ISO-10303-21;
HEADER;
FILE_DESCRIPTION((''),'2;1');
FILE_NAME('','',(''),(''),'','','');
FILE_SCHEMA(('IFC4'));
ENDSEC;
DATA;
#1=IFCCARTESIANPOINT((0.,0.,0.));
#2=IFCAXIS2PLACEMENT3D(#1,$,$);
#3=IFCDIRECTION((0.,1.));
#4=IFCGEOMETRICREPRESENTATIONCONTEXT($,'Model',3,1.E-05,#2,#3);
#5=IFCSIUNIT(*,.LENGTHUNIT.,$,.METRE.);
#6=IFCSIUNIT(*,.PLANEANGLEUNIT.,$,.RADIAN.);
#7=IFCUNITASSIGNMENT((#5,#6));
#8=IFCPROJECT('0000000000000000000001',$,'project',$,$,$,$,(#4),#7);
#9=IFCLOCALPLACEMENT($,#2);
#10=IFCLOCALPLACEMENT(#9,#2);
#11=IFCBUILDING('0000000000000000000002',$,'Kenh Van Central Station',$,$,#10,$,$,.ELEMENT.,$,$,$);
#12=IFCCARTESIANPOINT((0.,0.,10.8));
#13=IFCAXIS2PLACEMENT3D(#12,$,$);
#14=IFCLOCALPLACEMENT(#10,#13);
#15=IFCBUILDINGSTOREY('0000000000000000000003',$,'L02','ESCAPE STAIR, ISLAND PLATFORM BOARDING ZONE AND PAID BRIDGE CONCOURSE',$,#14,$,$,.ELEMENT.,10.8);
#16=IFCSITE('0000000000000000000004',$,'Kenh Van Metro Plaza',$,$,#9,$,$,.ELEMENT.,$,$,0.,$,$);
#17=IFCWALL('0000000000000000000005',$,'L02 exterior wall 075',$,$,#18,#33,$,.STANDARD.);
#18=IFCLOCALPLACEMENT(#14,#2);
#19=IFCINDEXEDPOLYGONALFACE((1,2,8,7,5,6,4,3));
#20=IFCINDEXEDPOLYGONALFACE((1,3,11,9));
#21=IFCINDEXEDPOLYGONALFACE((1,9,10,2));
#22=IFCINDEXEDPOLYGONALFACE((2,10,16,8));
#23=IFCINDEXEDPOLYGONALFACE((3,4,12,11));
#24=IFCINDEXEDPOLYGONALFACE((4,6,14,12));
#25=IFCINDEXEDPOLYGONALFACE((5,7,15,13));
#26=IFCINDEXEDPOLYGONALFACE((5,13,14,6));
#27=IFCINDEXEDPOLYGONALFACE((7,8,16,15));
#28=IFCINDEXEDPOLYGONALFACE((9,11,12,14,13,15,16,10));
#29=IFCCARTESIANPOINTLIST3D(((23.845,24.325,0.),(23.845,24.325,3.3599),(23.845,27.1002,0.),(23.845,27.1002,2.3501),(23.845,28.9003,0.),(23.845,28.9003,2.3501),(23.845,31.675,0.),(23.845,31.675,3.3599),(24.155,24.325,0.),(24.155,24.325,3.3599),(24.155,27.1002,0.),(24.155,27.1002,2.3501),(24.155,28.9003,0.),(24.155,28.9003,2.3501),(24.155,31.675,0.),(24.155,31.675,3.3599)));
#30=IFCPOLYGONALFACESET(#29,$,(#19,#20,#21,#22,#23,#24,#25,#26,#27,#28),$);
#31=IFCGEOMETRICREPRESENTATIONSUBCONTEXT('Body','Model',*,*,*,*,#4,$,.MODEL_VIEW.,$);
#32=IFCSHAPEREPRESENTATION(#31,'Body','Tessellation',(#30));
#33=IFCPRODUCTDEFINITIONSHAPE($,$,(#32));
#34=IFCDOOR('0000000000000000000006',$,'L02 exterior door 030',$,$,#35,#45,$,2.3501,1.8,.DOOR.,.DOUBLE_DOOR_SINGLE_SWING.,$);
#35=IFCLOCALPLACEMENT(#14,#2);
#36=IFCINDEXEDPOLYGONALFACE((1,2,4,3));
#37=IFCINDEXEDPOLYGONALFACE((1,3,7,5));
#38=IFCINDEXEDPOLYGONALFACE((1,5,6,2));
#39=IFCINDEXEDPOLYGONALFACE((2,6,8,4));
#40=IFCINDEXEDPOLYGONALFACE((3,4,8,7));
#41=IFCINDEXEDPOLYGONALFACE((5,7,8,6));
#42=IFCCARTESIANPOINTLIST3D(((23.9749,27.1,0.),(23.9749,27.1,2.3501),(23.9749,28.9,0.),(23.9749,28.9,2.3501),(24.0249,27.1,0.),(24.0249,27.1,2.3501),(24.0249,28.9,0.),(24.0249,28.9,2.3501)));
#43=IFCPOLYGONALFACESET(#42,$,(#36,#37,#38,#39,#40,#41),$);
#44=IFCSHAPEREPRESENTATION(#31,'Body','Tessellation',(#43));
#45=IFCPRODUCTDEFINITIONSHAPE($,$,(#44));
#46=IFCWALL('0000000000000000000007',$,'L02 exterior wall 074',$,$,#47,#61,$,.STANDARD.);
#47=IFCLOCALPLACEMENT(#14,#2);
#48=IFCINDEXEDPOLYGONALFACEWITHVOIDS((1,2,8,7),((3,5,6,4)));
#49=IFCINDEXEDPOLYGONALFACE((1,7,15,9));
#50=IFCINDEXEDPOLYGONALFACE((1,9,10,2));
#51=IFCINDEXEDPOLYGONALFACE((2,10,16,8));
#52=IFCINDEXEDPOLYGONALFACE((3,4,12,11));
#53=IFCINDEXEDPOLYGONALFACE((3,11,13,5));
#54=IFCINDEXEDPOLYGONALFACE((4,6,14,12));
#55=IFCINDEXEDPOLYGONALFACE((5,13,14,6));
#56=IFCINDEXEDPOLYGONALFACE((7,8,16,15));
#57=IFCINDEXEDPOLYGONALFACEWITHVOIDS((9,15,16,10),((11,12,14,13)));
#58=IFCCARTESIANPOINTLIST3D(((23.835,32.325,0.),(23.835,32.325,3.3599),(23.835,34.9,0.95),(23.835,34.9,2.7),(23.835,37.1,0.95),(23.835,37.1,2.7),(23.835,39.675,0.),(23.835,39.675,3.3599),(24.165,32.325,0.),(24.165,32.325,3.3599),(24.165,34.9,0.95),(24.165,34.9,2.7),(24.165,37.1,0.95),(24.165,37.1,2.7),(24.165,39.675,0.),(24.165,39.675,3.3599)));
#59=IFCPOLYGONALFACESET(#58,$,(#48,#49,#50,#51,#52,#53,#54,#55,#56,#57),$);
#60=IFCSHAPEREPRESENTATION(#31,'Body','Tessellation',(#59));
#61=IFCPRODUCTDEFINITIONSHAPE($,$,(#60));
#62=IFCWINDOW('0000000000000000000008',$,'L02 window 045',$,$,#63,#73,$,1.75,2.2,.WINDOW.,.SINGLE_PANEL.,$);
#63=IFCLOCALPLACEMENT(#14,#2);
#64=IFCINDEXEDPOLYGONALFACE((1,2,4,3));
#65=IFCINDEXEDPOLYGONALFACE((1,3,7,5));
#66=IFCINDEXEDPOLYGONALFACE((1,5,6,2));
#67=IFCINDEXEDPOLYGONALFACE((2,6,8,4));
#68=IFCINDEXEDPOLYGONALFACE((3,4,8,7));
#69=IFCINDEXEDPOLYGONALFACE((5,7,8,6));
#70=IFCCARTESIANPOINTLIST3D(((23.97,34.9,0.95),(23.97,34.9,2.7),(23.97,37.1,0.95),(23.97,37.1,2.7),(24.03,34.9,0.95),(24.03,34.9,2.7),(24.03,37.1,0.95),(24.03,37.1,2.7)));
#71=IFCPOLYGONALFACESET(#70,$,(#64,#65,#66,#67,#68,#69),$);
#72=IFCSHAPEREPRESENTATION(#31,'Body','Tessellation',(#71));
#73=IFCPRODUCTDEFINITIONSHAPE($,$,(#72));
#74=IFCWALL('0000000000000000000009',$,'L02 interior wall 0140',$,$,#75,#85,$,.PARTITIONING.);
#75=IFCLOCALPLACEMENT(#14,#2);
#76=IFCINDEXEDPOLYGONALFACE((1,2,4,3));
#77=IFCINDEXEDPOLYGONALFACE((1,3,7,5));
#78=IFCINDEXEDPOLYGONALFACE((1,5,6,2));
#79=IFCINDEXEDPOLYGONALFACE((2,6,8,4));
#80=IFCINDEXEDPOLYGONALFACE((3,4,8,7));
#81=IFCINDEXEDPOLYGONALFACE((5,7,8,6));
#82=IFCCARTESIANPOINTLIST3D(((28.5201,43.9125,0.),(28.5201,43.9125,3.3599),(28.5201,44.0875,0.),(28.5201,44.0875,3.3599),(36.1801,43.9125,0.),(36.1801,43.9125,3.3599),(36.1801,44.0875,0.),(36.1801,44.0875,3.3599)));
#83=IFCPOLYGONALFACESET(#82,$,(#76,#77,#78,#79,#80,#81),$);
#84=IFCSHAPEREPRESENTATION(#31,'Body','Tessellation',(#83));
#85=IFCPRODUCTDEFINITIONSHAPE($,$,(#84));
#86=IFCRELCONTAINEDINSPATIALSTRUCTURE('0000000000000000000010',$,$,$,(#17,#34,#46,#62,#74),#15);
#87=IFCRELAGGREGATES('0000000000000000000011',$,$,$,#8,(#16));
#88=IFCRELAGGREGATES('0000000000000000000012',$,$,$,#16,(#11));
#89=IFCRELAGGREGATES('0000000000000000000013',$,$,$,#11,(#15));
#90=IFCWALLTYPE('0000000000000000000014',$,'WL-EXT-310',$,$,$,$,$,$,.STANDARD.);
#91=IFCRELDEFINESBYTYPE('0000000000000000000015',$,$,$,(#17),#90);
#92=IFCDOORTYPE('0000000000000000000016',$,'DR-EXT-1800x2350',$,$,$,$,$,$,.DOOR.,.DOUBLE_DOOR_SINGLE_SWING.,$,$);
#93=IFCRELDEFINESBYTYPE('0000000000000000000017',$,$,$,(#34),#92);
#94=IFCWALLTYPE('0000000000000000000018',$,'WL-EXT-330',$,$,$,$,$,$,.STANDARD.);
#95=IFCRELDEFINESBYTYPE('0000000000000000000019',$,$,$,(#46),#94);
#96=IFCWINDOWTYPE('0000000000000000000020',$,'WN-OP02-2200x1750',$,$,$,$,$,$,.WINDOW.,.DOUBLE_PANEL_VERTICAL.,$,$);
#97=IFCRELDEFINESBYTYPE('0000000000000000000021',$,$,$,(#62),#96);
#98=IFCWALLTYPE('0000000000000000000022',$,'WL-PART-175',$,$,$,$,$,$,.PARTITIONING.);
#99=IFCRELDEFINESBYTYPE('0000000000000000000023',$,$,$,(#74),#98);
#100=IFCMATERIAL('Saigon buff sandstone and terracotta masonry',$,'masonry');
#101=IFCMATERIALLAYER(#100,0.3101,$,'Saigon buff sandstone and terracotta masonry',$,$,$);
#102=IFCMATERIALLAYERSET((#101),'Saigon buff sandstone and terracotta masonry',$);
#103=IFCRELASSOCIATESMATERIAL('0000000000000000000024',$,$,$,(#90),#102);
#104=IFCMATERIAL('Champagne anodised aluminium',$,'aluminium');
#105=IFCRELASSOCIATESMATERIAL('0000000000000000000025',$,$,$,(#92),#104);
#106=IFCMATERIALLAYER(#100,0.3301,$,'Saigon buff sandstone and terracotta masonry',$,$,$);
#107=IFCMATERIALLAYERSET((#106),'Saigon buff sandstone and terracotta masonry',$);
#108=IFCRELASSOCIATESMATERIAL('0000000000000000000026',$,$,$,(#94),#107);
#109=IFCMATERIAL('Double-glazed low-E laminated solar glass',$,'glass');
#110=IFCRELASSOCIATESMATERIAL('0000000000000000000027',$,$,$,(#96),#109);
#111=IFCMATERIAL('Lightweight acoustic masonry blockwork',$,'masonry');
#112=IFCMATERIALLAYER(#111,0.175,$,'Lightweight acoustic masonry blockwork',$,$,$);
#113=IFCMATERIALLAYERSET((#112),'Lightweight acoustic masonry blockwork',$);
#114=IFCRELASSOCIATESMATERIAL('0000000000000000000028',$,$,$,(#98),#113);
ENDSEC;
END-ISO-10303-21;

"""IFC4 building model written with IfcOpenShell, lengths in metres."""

from ifc_helpers import new_model, si_unit, direction, frame, frame_2d, origin, place, context, subcontext, project, spatial, rectangle, extrude, material, layer, layer_set, type_object, element, fill, save


model = new_model("IFC4")

# Units and contexts
model_context = context("Model", 3, precision=1e-05, world=origin(), true_north=direction((0.0, 1.0)))
body_context = subcontext(model_context, "Body", "Model", "MODEL_VIEW")
ifc_project = project(units=[si_unit("LENGTHUNIT", "METRE"), si_unit("PLANEANGLEUNIT", "RADIAN")], contexts=[model_context])

# Site, building, storey
site_placement = place(None, origin())
site = spatial("IfcSite", under=ifc_project, at=site_placement, Name="Kenh Van Metro Plaza", CompositionType="ELEMENT", RefElevation=0.0)
building_placement = place(site_placement, origin())
building = spatial("IfcBuilding", under=site, at=building_placement, Name="Kenh Van Central Station", CompositionType="ELEMENT")
storey_placement = place(building_placement, frame((0.0, 0.0, 10.8)))
storey = spatial("IfcBuildingStorey", under=building, at=storey_placement, Name="L02", Description="ESCAPE STAIR, ISLAND PLATFORM BOARDING ZONE AND PAID BRIDGE CONCOURSE", CompositionType="ELEMENT", Elevation=10.8)

# Wall, opening, door
ifc_material_1 = material(Name="Saigon buff sandstone and terracotta masonry", Category="masonry")
ifc_layer_1 = layer(ifc_material_1, 0.3101, Name="Saigon buff sandstone and terracotta masonry")
ifc_layer_set_1 = layer_set([ifc_layer_1], Name="Saigon buff sandstone and terracotta masonry")
wall_type_1 = type_object("IfcWallType", Name="WL-EXT-310", PredefinedType="STANDARD", material=ifc_layer_set_1)
wall_1_placement = place(storey_placement, frame((24.0, 31.675, 0.0), z_axis=(0.0, 0.0, 1.0), x_axis=(0.0, -1.0, 0.0)))
wall_1 = element("IfcWall", 1, at=wall_1_placement, inside=storey, type_object=wall_type_1, Name="L02 exterior wall 075", PredefinedType="STANDARD", context=body_context, shape_type="SweptSolid", body=[
    extrude(rectangle(XDim=7.3501, YDim=0.3101, at=frame_2d((3.675, 0.0))), origin(), (0.0, 0.0, 1.0), 3.3599),
])
opening_1_placement = place(wall_1_placement, frame((2.7749, 0.0, 0.0)))
opening_1 = element("IfcOpeningElement", 2, at=opening_1_placement, cuts=wall_1, PredefinedType="OPENING", context=body_context, shape_type="SweptSolid", body=[
    extrude(rectangle(XDim=1.8, YDim=2.3501, at=frame_2d((0.8999, 1.175))), frame((0.0, 0.165, 0.0), z_axis=(0.0, -1.0, 0.0), x_axis=(1.0, 0.0, 0.0)), (0.0, 0.0, 1.0), 0.3301),
])
ifc_material_2 = material(Name="Champagne anodised aluminium", Category="aluminium")
door_type = type_object("IfcDoorType", Name="DR-EXT-1800x2350", OperationType="DOUBLE_DOOR_SINGLE_SWING", PredefinedType="DOOR", material=ifc_material_2)
door_placement = place(opening_1_placement, frame((1.8, 0.0, 0.0), z_axis=(0.0, 0.0, 1.0), x_axis=(-1.0, 0.0, 0.0)))
door = element("IfcDoor", 3, at=door_placement, inside=storey, type_object=door_type, Name="L02 exterior door 030", OperationType="DOUBLE_DOOR_SINGLE_SWING", OverallHeight=2.3501, OverallWidth=1.8, PredefinedType="DOOR", context=body_context, shape_type="SweptSolid", body=[
    extrude(rectangle(XDim=1.8, YDim=2.3501, at=frame_2d((-0.8999, 1.175))), frame((0.0, -0.0249, 0.0), z_axis=(0.0, 1.0, 0.0), x_axis=(-1.0, 0.0, 0.0)), (0.0, 0.0, 1.0), 0.05),
])
fill(opening_1, door)

# Wall, opening, window
ifc_layer_2 = layer(ifc_material_1, 0.3301, Name="Saigon buff sandstone and terracotta masonry")
ifc_layer_set_2 = layer_set([ifc_layer_2], Name="Saigon buff sandstone and terracotta masonry")
wall_type_2 = type_object("IfcWallType", Name="WL-EXT-330", PredefinedType="STANDARD", material=ifc_layer_set_2)
wall_2_placement = place(storey_placement, frame((24.0, 39.675, 0.0), z_axis=(0.0, 0.0, 1.0), x_axis=(0.0, -1.0, 0.0)))
wall_2 = element("IfcWall", 4, at=wall_2_placement, inside=storey, type_object=wall_type_2, Name="L02 exterior wall 074", PredefinedType="STANDARD", context=body_context, shape_type="SweptSolid", body=[
    extrude(rectangle(XDim=7.3501, YDim=0.3301, at=frame_2d((3.675, 0.0))), origin(), (0.0, 0.0, 1.0), 3.3599),
])
opening_2_placement = place(wall_2_placement, frame((2.575, 0.0, 0.95)))
opening_2 = element("IfcOpeningElement", 5, at=opening_2_placement, cuts=wall_2, PredefinedType="OPENING", context=body_context, shape_type="SweptSolid", body=[
    extrude(rectangle(XDim=2.2, YDim=1.75, at=frame_2d((1.1001, 0.875))), frame((0.0, 0.175, 0.0), z_axis=(0.0, -1.0, 0.0), x_axis=(1.0, 0.0, 0.0)), (0.0, 0.0, 1.0), 0.3501),
])
ifc_material_3 = material(Name="Double-glazed low-E laminated solar glass", Category="glass")
window_type = type_object("IfcWindowType", Name="WN-OP02-2200x1750", PartitioningType="DOUBLE_PANEL_VERTICAL", PredefinedType="WINDOW", material=ifc_material_3)
window_placement = place(opening_2_placement, origin())
window = element("IfcWindow", 6, at=window_placement, inside=storey, type_object=window_type, Name="L02 window 045", OverallHeight=1.75, OverallWidth=2.2, PartitioningType="SINGLE_PANEL", PredefinedType="WINDOW", context=body_context, shape_type="SweptSolid", body=[
    extrude(rectangle(XDim=2.2, YDim=1.75, at=frame_2d((1.1001, 0.875))), frame((0.0, 0.03, 0.0), z_axis=(0.0, -1.0, 0.0), x_axis=(1.0, 0.0, 0.0)), (0.0, 0.0, 1.0), 0.0601),
])
fill(opening_2, window)

# Wall
ifc_material_4 = material(Name="Lightweight acoustic masonry blockwork", Category="masonry")
ifc_layer_3 = layer(ifc_material_4, 0.175, Name="Lightweight acoustic masonry blockwork")
ifc_layer_set_3 = layer_set([ifc_layer_3], Name="Lightweight acoustic masonry blockwork")
wall_type_3 = type_object("IfcWallType", Name="WL-PART-175", PredefinedType="PARTITIONING", material=ifc_layer_set_3)
wall_3_placement = place(storey_placement, frame((28.52, 44.0, 0.0), z_axis=(0.0, 0.0, 1.0), x_axis=(1.0, 0.0, 0.0)))
element("IfcWall", 7, at=wall_3_placement, inside=storey, type_object=wall_type_3, Name="L02 interior wall 0140", PredefinedType="PARTITIONING", context=body_context, shape_type="SweptSolid", body=[
    extrude(rectangle(XDim=7.6599, YDim=0.175, at=frame_2d((3.8301, 0.0))), origin(), (0.0, 0.0, 1.0), 3.3599),
])

save(model, "model.ifc")
